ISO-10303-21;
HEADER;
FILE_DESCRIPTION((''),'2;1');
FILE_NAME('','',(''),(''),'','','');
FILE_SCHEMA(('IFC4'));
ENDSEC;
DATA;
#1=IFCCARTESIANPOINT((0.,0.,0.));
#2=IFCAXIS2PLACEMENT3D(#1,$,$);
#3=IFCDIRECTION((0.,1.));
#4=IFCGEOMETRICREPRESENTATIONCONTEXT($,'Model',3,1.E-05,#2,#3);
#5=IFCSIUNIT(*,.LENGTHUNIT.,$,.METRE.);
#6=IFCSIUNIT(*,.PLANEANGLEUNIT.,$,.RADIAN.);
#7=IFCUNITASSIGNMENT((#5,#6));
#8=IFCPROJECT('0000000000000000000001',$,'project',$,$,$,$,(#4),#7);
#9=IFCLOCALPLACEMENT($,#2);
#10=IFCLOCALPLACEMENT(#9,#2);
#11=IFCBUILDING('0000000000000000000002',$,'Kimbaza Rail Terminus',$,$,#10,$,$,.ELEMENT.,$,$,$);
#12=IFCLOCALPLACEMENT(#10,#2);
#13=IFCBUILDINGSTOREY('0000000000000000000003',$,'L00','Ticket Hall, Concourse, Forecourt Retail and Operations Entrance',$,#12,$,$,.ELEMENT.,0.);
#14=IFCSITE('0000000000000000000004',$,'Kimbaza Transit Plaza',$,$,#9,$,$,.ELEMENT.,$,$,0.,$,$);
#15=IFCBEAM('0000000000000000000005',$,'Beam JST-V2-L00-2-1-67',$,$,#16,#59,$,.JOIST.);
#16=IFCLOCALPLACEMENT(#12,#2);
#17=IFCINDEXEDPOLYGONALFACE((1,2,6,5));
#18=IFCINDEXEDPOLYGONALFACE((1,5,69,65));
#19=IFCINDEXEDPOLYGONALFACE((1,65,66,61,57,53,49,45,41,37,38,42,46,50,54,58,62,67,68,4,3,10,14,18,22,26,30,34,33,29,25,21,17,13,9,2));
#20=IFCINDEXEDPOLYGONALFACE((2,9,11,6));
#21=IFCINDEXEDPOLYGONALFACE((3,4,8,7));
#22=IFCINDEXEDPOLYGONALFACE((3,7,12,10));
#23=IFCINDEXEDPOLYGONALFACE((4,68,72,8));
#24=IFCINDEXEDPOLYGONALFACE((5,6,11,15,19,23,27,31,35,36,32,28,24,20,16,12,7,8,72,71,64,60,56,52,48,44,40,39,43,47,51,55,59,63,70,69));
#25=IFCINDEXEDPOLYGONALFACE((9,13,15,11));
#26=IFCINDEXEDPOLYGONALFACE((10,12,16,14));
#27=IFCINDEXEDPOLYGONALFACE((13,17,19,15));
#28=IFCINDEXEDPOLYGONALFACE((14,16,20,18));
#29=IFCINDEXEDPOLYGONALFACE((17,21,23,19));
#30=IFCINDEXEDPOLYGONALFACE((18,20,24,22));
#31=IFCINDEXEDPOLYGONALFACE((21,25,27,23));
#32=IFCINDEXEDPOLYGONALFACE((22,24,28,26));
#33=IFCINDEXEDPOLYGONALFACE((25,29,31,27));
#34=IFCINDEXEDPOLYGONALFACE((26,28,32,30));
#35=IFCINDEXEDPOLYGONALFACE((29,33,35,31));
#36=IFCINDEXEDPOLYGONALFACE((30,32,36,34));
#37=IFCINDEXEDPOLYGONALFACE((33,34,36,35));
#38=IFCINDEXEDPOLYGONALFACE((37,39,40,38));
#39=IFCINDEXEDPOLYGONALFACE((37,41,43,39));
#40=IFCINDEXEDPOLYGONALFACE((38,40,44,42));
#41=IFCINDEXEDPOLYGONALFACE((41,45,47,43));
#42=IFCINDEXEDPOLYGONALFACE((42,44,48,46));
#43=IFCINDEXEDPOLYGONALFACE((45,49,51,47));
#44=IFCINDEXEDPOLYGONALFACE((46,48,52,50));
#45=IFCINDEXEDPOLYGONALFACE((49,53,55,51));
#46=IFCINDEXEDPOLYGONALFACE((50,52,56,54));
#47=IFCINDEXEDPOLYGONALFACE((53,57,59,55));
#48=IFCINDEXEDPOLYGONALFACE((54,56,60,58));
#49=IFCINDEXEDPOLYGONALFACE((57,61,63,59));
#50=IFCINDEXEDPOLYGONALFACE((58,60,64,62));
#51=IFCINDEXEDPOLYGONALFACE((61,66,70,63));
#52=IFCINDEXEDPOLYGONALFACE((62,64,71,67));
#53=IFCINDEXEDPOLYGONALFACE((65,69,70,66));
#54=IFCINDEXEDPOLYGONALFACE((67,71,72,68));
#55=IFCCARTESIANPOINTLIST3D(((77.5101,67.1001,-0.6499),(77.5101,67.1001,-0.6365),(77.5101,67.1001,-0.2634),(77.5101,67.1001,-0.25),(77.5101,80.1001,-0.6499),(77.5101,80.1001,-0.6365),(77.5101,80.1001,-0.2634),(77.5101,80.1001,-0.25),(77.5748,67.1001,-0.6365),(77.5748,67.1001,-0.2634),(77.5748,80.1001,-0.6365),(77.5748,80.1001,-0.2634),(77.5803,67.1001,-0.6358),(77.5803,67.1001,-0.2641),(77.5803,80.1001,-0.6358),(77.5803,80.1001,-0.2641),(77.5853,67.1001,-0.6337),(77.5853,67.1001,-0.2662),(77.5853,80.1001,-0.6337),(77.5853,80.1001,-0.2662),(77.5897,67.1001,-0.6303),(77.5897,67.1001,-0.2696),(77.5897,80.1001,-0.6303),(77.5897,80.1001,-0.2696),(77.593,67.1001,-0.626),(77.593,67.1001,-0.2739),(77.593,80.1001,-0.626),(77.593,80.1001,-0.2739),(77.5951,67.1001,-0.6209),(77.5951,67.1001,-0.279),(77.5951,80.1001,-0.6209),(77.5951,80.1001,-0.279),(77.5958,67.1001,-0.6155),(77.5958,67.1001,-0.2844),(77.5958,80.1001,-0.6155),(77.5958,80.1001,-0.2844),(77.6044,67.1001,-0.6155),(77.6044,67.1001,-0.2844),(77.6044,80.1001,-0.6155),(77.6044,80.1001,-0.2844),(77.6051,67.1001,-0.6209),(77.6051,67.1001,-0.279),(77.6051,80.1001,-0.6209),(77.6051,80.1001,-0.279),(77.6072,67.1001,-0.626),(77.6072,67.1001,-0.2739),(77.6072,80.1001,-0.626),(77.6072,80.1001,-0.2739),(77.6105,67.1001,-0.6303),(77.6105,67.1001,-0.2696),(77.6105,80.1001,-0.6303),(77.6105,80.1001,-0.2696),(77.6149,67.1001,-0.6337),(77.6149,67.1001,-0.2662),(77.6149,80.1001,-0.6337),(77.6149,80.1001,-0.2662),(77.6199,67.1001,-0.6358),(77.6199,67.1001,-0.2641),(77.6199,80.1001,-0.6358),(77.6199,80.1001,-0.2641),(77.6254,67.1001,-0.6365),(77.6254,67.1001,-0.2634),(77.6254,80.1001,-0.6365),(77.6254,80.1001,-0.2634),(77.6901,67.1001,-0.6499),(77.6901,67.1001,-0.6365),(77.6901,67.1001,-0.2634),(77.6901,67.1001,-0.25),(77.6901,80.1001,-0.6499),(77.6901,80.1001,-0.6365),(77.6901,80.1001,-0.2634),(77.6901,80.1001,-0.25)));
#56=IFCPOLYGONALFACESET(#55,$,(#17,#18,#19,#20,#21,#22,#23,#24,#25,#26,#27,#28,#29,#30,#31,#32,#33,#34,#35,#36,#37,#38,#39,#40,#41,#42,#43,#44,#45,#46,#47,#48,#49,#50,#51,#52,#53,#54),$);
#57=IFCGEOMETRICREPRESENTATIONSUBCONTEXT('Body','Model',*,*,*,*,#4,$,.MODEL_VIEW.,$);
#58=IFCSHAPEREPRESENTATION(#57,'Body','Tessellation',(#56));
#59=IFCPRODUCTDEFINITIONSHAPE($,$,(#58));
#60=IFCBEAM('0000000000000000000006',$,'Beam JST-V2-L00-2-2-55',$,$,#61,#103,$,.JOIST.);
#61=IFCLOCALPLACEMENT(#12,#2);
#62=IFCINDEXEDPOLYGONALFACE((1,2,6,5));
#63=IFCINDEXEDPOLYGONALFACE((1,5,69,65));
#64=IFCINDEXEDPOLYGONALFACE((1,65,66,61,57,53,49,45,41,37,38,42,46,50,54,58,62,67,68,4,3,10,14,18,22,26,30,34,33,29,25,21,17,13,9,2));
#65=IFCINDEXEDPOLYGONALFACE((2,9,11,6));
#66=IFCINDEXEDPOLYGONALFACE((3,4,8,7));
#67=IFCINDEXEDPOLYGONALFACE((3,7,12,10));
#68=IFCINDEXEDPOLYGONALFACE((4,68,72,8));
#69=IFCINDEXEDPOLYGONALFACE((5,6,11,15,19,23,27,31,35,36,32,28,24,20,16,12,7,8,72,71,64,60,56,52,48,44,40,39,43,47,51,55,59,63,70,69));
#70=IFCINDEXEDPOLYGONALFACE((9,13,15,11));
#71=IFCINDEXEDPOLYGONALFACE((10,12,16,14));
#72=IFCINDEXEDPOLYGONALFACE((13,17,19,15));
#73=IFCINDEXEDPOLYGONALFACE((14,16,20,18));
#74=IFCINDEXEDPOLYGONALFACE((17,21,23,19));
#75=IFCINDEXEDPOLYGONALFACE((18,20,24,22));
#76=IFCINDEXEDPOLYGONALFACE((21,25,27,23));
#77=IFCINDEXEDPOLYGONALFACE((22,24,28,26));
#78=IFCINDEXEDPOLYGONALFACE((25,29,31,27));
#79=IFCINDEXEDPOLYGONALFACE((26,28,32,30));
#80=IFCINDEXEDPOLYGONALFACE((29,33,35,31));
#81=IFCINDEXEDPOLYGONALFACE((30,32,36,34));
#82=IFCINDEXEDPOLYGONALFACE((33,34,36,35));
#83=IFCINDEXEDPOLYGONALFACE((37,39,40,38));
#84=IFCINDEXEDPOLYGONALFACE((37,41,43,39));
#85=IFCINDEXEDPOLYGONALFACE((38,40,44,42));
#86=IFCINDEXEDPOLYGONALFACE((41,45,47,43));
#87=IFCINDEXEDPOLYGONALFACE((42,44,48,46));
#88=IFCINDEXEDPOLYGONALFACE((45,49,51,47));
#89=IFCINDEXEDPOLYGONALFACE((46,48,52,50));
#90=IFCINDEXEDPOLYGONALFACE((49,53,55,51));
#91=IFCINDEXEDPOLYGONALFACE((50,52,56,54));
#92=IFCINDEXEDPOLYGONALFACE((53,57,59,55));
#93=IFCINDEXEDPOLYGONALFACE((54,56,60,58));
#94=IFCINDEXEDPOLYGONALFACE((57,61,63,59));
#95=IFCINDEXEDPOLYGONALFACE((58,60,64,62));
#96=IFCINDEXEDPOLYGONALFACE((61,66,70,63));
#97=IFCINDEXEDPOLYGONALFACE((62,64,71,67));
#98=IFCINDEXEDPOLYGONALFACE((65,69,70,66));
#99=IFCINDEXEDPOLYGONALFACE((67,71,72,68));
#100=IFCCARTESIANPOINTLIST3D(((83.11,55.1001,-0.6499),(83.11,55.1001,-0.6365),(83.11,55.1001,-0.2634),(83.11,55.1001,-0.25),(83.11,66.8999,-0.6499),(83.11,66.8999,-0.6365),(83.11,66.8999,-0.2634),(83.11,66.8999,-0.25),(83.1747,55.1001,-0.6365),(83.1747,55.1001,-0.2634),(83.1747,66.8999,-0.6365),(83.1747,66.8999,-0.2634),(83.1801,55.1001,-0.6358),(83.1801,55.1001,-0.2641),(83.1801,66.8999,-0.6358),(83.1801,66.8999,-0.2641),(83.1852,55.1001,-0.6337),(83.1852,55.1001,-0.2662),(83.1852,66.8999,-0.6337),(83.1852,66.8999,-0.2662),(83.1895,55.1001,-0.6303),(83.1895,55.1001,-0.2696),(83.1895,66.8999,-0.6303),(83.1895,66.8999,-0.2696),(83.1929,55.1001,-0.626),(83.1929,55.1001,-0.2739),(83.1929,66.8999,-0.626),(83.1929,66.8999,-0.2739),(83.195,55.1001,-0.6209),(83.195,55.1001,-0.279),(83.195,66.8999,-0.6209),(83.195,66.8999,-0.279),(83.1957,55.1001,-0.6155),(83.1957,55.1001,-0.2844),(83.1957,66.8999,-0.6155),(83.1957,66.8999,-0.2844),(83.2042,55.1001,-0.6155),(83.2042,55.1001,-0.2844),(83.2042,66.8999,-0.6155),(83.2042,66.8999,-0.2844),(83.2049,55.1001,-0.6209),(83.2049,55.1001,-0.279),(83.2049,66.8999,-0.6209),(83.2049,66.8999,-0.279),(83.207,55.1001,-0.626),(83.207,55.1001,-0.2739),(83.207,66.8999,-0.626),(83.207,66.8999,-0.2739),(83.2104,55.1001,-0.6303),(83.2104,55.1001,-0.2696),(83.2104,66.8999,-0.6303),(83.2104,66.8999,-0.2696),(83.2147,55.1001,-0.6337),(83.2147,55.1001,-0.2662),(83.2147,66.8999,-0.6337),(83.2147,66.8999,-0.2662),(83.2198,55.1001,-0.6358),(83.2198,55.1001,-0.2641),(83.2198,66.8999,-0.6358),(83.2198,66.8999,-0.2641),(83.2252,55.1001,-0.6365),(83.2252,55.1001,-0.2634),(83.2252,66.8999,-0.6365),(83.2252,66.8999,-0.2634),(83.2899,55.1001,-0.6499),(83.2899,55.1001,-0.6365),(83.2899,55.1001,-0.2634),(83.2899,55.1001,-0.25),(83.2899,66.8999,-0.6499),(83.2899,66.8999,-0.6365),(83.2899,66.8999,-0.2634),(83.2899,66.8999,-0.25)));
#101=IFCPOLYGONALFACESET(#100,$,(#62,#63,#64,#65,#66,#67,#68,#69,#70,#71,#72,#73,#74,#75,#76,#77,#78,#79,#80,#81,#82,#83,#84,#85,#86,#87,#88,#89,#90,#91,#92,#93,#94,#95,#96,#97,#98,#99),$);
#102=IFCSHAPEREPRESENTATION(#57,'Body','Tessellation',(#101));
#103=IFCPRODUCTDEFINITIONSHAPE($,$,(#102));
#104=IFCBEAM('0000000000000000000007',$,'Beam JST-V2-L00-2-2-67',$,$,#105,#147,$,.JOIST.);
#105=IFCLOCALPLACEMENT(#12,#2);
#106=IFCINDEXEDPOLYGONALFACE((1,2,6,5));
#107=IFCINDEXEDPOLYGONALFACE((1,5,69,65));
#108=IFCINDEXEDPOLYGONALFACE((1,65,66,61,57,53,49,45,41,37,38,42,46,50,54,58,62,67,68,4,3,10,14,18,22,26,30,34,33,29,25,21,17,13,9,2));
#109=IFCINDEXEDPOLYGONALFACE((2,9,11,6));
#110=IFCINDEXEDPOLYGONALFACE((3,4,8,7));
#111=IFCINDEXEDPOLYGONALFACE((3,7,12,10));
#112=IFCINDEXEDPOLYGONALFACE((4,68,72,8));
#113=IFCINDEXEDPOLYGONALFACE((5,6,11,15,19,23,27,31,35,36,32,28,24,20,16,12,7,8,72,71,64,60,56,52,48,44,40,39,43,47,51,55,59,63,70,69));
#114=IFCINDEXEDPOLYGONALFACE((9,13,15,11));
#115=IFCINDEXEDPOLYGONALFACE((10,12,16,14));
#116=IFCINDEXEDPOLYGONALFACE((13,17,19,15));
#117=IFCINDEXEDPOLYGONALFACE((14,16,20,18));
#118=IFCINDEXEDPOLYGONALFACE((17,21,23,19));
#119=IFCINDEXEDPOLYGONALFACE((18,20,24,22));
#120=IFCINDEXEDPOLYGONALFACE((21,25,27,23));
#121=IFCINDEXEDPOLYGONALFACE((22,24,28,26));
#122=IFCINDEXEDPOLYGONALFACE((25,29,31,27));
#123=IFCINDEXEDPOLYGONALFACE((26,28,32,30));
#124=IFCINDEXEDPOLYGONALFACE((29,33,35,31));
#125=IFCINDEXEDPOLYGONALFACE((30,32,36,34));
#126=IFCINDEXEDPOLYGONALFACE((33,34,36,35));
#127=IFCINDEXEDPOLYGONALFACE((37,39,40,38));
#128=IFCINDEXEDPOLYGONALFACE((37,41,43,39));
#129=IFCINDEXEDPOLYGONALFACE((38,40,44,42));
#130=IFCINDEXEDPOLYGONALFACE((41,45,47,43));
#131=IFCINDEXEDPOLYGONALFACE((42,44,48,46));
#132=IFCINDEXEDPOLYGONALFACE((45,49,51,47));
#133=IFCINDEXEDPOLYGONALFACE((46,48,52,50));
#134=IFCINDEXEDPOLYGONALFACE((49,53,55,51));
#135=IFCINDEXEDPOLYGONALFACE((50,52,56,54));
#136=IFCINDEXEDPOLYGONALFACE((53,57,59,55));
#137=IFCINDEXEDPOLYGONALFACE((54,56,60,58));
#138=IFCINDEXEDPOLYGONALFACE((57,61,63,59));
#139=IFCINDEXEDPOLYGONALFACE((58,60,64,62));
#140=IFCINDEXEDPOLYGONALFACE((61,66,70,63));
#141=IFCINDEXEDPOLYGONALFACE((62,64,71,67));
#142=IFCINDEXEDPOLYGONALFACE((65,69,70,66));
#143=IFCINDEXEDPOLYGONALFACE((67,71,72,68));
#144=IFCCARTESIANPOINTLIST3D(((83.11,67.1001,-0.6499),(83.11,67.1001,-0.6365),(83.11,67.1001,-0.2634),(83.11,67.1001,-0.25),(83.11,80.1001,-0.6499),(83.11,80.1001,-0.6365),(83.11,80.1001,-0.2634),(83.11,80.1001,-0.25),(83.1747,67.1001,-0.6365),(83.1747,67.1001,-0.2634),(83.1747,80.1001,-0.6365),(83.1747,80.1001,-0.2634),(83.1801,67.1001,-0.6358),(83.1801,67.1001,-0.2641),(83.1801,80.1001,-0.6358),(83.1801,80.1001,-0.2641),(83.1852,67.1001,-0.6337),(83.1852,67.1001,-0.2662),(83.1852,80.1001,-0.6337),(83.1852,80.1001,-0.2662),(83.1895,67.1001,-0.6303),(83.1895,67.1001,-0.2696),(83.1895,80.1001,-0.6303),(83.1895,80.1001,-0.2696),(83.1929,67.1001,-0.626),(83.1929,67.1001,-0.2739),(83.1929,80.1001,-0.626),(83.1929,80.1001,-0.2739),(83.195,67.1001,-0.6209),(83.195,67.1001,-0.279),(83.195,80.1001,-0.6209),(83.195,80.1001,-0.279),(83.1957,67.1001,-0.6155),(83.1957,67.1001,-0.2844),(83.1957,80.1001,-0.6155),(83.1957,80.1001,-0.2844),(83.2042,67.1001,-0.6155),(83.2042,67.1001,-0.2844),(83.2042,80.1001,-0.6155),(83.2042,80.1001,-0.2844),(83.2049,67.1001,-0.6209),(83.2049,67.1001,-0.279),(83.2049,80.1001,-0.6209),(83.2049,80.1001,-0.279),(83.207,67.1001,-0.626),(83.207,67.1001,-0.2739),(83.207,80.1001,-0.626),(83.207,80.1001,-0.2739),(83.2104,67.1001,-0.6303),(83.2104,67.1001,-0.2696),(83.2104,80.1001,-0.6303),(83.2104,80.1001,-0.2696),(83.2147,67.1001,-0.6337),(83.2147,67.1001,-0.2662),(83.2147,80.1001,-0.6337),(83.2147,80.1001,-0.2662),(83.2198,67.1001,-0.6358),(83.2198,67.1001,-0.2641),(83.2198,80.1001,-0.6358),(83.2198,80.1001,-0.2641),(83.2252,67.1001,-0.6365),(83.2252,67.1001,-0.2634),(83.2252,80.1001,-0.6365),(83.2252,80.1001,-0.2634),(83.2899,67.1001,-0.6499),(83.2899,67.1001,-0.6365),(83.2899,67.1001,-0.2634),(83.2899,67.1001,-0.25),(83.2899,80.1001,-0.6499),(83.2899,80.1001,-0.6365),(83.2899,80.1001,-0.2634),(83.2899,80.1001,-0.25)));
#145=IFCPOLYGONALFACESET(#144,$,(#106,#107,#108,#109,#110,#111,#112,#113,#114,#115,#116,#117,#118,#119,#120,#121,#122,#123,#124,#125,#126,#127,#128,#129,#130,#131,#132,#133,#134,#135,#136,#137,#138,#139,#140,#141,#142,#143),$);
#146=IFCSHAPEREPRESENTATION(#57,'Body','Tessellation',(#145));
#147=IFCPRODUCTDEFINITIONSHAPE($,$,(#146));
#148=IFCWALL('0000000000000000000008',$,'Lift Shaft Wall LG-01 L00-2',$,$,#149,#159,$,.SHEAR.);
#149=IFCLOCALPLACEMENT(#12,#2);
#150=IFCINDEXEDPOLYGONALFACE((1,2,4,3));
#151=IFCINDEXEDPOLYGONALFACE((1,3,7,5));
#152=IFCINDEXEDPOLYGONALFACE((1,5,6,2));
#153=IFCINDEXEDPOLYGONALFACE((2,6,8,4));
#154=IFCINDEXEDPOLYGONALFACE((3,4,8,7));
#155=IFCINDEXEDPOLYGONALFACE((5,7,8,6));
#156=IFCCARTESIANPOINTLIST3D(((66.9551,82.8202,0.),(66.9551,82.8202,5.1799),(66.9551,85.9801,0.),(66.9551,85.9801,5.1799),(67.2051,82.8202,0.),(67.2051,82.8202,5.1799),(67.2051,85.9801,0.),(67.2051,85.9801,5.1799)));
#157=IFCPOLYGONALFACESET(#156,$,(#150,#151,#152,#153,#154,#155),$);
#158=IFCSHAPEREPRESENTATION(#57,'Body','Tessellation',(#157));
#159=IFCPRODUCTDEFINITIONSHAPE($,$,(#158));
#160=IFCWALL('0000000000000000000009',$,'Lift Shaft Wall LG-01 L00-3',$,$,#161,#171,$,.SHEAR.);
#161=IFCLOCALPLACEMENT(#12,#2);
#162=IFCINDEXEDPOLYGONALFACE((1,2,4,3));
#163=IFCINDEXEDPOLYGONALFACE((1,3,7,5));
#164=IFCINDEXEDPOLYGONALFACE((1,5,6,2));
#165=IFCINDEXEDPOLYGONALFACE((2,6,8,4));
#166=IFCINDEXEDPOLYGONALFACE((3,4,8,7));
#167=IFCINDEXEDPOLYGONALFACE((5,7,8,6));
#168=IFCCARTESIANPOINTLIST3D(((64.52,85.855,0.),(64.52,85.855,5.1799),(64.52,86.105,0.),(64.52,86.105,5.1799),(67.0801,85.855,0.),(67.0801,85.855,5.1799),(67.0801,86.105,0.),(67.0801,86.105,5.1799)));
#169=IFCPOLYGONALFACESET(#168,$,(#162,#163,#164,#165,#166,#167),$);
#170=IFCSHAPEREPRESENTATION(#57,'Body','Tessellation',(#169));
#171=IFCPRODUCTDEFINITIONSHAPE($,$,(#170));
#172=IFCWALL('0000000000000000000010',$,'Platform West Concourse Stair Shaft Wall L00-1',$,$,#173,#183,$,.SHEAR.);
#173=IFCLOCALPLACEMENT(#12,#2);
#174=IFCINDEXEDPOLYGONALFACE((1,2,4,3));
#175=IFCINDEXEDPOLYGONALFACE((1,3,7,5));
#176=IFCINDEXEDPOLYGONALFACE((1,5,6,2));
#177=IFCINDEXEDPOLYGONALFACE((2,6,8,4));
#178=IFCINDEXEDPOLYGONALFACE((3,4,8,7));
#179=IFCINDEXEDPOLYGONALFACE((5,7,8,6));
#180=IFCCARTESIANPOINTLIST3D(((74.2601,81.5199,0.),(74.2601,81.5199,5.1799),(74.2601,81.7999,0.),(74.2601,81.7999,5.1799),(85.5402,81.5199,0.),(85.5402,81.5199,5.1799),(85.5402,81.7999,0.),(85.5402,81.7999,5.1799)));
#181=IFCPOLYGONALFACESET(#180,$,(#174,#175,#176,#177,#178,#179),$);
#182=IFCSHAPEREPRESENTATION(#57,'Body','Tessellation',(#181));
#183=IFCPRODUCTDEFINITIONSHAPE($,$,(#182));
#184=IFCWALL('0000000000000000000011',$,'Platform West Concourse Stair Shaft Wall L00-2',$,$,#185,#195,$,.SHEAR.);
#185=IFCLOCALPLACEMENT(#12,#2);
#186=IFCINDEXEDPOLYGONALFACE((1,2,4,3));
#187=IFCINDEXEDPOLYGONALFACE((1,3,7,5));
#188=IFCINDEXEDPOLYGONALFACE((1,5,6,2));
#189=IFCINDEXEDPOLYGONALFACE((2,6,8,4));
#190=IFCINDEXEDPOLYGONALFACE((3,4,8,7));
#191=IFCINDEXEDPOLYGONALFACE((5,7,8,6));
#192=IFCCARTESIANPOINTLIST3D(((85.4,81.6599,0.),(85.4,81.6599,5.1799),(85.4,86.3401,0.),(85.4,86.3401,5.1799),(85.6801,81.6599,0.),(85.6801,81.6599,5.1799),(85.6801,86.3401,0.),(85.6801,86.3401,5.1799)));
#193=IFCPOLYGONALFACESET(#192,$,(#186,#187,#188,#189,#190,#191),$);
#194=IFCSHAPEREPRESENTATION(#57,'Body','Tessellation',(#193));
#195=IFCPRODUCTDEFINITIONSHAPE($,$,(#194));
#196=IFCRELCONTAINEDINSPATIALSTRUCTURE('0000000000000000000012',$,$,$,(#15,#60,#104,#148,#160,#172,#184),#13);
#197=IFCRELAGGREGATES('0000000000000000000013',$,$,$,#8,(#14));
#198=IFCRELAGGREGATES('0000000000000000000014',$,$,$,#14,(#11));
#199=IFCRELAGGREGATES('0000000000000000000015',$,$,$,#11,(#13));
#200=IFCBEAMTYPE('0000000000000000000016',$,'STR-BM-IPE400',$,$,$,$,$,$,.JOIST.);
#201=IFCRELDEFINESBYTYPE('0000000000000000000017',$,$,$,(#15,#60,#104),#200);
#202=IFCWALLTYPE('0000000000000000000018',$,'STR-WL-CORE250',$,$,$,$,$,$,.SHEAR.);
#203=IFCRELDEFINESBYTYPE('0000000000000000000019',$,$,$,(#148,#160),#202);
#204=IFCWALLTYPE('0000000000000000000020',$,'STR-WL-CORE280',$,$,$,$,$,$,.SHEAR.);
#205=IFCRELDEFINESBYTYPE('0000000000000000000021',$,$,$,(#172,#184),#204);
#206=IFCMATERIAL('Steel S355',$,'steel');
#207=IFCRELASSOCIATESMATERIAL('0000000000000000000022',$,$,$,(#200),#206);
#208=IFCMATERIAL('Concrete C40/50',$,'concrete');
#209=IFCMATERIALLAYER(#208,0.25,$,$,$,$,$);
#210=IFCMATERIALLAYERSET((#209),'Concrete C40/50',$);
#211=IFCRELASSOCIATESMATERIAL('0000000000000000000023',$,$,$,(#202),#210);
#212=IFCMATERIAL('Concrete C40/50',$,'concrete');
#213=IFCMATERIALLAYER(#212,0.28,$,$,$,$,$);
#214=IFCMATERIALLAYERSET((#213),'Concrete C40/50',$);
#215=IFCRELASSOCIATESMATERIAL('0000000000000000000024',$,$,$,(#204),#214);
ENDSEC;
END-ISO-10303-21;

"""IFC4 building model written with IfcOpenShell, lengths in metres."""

from ifc_helpers import new_model, si_unit, direction, frame, frame_2d, origin, origin_2d, place, context, subcontext, project, spatial, rectangle, i_section, extrude, material, layer, layer_set, material_profile, profile_set, type_object, element, save


model = new_model("IFC4")

# Units and contexts
model_context = context("Model", 3, precision=1e-05, world=origin(), true_north=direction((0.0, 1.0)))
body_context = subcontext(model_context, "Body", "Model", "MODEL_VIEW")
ifc_project = project(units=[si_unit("LENGTHUNIT", "METRE"), si_unit("PLANEANGLEUNIT", "RADIAN")], contexts=[model_context])

# Site, building, storey
site_placement = place(None, origin())
site = spatial("IfcSite", under=ifc_project, at=site_placement, Name="Kimbaza Transit Plaza", CompositionType="ELEMENT", RefElevation=0.0)
building_placement = place(site_placement, origin())
building = spatial("IfcBuilding", under=site, at=building_placement, Name="Kimbaza Rail Terminus", CompositionType="ELEMENT")
storey_placement = place(building_placement, origin())
storey = spatial("IfcBuildingStorey", under=building, at=storey_placement, Name="L00", Description="Ticket Hall, Concourse, Forecourt Retail and Operations Entrance", CompositionType="ELEMENT", Elevation=0.0)

# Beams
ifc_material_1 = material(Name="Steel S355", Category="steel")
ifc_material_profile_1 = material_profile(ifc_material_1, i_section(OverallWidth=0.1799, OverallDepth=0.3999, WebThickness=0.0085, FlangeThickness=0.0134, FilletRadius=0.021, at=origin_2d()), Name="IPE 400")
ifc_profile_set_1 = profile_set([ifc_material_profile_1], Name="Steel S355")
beam_type_1 = type_object("IfcBeamType", Name="STR-BM-IPE400", PredefinedType="JOIST", material=ifc_profile_set_1)
beam_1_placement = place(storey_placement, frame((77.6001, 67.1001, -0.45), z_axis=(0.0, 1.0, 0.0), x_axis=(-1.0, 0.0, 0.0)))
element("IfcBeam", 1, at=beam_1_placement, inside=storey, type_object=beam_type_1, Name="Beam JST-V2-L00-2-1-67", PredefinedType="JOIST", context=body_context, shape_type="SweptSolid", body=[
    extrude(i_section(OverallWidth=0.1799, OverallDepth=0.3999, WebThickness=0.0085, FlangeThickness=0.0134, FilletRadius=0.021, at=origin_2d()), origin(), (0.0, 0.0, 1.0), 13.0),
])
beam_2_placement = place(storey_placement, frame((83.2, 55.1001, -0.45), z_axis=(0.0, 1.0, 0.0), x_axis=(-1.0, 0.0, 0.0)))
element("IfcBeam", 2, at=beam_2_placement, inside=storey, type_object=beam_type_1, Name="Beam JST-V2-L00-2-2-55", PredefinedType="JOIST", context=body_context, shape_type="SweptSolid", body=[
    extrude(i_section(OverallWidth=0.1799, OverallDepth=0.3999, WebThickness=0.0085, FlangeThickness=0.0134, FilletRadius=0.021, at=origin_2d()), origin(), (0.0, 0.0, 1.0), 11.7998),
])
beam_3_placement = place(storey_placement, frame((83.2, 67.1001, -0.45), z_axis=(0.0, 1.0, 0.0), x_axis=(-1.0, 0.0, 0.0)))
element("IfcBeam", 3, at=beam_3_placement, inside=storey, type_object=beam_type_1, Name="Beam JST-V2-L00-2-2-67", PredefinedType="JOIST", context=body_context, shape_type="SweptSolid", body=[
    extrude(i_section(OverallWidth=0.1799, OverallDepth=0.3999, WebThickness=0.0085, FlangeThickness=0.0134, FilletRadius=0.021, at=origin_2d()), origin(), (0.0, 0.0, 1.0), 13.0),
])

# Walls
ifc_material_2 = material(Name="Concrete C40/50", Category="concrete")
ifc_layer_1 = layer(ifc_material_2, 0.25)
ifc_layer_set_1 = layer_set([ifc_layer_1], Name="Concrete C40/50")
wall_type_1 = type_object("IfcWallType", Name="STR-WL-CORE250", PredefinedType="SHEAR", material=ifc_layer_set_1)
wall_1_placement = place(storey_placement, frame((67.0801, 82.8201, 0.0), z_axis=(0.0, 0.0, 1.0), x_axis=(0.0, 1.0, 0.0)))
element("IfcWall", 4, at=wall_1_placement, inside=storey, type_object=wall_type_1, Name="Lift Shaft Wall LG-01 L00-2", PredefinedType="SHEAR", context=body_context, shape_type="SweptSolid", body=[
    extrude(rectangle(XDim=3.1599, YDim=0.25, at=frame_2d((1.5801, 0.0))), origin(), (0.0, 0.0, 1.0), 5.1799),
])
wall_2_placement = place(storey_placement, frame((67.0801, 85.98, 0.0), z_axis=(0.0, 0.0, 1.0), x_axis=(-1.0, 0.0, 0.0)))
element("IfcWall", 5, at=wall_2_placement, inside=storey, type_object=wall_type_1, Name="Lift Shaft Wall LG-01 L00-3", PredefinedType="SHEAR", context=body_context, shape_type="SweptSolid", body=[
    extrude(rectangle(XDim=2.5601, YDim=0.25, at=frame_2d((1.28, 0.0))), origin(), (0.0, 0.0, 1.0), 5.1799),
])
ifc_material_3 = material(Name="Concrete C40/50", Category="concrete")
ifc_layer_2 = layer(ifc_material_3, 0.28)
ifc_layer_set_2 = layer_set([ifc_layer_2], Name="Concrete C40/50")
wall_type_2 = type_object("IfcWallType", Name="STR-WL-CORE280", PredefinedType="SHEAR", material=ifc_layer_set_2)
wall_3_placement = place(storey_placement, frame((74.26, 81.6599, 0.0), z_axis=(0.0, 0.0, 1.0), x_axis=(1.0, 0.0, 0.0)))
element("IfcWall", 6, at=wall_3_placement, inside=storey, type_object=wall_type_2, Name="Platform West Concourse Stair Shaft Wall L00-1", PredefinedType="SHEAR", context=body_context, shape_type="SweptSolid", body=[
    extrude(rectangle(XDim=11.28, YDim=0.28, at=frame_2d((5.6401, 0.0))), origin(), (0.0, 0.0, 1.0), 5.1799),
])
wall_4_placement = place(storey_placement, frame((85.54, 81.6599, 0.0), z_axis=(0.0, 0.0, 1.0), x_axis=(0.0, 1.0, 0.0)))
element("IfcWall", 7, at=wall_4_placement, inside=storey, type_object=wall_type_2, Name="Platform West Concourse Stair Shaft Wall L00-2", PredefinedType="SHEAR", context=body_context, shape_type="SweptSolid", body=[
    extrude(rectangle(XDim=4.6802, YDim=0.28, at=frame_2d((2.3401, 0.0))), origin(), (0.0, 0.0, 1.0), 5.1799),
])

save(model, "model.ifc")
